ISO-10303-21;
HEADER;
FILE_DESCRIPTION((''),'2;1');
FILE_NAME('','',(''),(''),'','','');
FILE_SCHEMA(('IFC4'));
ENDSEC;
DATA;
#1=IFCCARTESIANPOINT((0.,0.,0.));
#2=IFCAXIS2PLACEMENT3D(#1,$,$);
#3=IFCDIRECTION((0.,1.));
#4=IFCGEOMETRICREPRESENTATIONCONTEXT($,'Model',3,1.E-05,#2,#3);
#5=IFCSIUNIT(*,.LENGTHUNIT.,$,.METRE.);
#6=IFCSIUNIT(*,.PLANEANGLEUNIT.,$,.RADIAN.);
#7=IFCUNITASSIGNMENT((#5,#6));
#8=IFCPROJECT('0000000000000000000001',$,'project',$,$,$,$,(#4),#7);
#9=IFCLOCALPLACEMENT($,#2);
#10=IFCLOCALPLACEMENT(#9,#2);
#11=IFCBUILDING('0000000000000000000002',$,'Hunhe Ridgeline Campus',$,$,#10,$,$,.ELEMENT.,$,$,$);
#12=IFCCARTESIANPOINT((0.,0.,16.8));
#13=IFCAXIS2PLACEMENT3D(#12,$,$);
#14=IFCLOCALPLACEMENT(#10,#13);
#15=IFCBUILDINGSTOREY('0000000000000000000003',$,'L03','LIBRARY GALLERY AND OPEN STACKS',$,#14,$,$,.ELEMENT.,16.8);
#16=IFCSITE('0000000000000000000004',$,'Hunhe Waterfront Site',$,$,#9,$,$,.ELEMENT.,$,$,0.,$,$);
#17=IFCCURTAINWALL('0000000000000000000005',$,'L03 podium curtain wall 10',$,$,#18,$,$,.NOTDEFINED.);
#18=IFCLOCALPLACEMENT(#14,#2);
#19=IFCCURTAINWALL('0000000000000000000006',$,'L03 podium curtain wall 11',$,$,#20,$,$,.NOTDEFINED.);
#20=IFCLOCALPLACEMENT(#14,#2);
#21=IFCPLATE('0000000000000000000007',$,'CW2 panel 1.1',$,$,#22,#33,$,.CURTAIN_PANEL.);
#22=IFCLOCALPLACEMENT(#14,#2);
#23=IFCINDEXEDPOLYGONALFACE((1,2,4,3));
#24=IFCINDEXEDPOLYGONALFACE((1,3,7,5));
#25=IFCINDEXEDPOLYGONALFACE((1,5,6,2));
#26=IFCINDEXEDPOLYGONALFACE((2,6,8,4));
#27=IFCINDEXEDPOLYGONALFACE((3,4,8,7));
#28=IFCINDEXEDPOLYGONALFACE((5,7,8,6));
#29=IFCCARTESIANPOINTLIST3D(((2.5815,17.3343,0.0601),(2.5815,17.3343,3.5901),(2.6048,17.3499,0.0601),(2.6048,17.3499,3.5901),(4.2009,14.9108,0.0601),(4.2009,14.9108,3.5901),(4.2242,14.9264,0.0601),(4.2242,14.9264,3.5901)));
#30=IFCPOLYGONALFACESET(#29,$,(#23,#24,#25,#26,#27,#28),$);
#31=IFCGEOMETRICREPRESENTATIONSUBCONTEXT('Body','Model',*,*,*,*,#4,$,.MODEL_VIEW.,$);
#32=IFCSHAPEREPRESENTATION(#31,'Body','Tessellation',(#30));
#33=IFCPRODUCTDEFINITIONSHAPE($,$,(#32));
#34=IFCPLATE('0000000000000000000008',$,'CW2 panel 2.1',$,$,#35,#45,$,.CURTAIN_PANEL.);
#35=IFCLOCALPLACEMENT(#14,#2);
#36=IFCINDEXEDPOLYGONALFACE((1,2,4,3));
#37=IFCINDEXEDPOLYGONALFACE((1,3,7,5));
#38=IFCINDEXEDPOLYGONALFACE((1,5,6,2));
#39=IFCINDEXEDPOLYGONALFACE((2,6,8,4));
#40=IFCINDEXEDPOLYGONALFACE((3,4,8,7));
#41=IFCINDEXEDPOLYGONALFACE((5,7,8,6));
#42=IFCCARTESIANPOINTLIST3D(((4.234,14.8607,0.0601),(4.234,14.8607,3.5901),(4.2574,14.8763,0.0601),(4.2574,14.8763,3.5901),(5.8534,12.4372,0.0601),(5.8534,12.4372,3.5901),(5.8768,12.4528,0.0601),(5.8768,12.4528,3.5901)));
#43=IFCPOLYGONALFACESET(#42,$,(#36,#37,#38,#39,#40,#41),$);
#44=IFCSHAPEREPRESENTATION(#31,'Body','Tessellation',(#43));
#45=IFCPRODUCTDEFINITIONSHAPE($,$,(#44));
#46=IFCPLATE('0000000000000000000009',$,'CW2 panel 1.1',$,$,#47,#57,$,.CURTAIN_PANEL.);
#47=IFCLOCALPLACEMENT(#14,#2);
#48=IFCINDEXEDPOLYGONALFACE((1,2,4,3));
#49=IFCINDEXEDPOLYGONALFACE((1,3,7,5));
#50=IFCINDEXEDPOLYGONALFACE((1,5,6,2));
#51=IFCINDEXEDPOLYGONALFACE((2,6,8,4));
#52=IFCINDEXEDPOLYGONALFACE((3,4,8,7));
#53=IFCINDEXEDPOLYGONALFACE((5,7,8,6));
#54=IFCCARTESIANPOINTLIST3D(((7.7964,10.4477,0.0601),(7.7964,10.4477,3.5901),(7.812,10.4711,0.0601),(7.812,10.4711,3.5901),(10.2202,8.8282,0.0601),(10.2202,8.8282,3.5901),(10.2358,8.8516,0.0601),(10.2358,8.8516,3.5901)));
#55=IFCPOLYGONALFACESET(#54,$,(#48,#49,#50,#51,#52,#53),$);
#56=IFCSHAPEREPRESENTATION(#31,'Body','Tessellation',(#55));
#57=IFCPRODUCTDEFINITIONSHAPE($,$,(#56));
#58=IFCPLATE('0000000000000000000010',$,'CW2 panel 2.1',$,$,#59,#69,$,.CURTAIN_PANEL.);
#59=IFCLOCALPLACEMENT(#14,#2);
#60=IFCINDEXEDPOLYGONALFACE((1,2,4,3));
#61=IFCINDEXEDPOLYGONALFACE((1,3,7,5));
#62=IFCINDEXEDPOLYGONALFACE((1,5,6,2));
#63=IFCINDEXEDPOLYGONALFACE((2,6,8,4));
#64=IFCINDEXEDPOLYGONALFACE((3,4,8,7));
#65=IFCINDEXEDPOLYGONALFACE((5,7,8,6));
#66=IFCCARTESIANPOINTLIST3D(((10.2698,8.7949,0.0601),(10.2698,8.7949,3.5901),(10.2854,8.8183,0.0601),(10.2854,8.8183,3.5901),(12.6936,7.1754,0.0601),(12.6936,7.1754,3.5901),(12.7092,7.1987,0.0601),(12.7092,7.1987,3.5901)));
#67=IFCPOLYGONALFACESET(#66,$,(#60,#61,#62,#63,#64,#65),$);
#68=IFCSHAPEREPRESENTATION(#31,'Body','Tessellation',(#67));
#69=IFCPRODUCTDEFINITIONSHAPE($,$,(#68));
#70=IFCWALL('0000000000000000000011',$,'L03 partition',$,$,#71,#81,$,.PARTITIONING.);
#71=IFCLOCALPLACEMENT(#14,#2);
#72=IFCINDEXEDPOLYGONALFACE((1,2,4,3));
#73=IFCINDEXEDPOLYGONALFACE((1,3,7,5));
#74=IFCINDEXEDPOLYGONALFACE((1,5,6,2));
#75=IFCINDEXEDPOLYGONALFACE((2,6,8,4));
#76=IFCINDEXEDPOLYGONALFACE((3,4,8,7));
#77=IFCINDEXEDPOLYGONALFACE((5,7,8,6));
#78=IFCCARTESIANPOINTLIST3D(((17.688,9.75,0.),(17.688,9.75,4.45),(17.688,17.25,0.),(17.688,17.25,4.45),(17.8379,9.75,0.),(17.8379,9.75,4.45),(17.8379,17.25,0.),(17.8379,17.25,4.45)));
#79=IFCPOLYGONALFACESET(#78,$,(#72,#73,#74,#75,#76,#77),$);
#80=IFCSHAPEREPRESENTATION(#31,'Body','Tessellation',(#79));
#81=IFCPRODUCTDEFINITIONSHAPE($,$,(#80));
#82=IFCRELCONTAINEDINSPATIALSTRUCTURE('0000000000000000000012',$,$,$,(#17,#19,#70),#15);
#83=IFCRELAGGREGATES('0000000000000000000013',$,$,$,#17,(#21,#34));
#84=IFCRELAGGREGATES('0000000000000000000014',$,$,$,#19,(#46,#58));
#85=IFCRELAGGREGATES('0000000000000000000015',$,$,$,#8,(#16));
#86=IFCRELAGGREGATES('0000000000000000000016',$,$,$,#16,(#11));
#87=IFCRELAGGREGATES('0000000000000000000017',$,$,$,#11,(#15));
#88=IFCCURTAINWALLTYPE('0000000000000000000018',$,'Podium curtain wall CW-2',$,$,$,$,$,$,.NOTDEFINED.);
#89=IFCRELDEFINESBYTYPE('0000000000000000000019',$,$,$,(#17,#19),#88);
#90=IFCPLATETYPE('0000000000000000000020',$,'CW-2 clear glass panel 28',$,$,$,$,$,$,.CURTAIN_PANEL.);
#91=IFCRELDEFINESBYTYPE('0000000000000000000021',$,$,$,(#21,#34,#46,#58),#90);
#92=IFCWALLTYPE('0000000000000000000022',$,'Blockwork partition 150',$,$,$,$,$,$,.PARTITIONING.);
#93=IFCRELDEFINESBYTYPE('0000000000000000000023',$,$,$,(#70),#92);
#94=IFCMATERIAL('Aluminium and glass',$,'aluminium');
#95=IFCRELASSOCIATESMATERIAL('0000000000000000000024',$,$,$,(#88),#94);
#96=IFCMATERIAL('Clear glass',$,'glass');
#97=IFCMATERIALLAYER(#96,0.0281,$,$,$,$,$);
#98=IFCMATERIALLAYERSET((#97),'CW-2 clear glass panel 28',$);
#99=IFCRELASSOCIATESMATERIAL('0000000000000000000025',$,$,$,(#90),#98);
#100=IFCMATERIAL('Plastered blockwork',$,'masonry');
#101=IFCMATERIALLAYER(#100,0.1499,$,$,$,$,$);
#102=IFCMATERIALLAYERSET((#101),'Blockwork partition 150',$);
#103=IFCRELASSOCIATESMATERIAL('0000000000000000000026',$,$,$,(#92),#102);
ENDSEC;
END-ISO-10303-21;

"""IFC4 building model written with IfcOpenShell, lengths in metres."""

from ifc_helpers import new_model, si_unit, direction, frame, frame_2d, origin, origin_2d, place, context, subcontext, project, spatial, rectangle, extrude, material, layer, layer_set, type_object, element, aggregate, save


model = new_model("IFC4")

# Units and contexts
model_context = context("Model", 3, precision=1e-05, world=origin(), true_north=direction((0.0, 1.0)))
body_context = subcontext(model_context, "Body", "Model", "MODEL_VIEW")
ifc_project = project(units=[si_unit("LENGTHUNIT", "METRE"), si_unit("PLANEANGLEUNIT", "RADIAN")], contexts=[model_context])

# Site, building, storey
site_placement = place(None, origin())
site = spatial("IfcSite", under=ifc_project, at=site_placement, Name="Hunhe Waterfront Site", CompositionType="ELEMENT", RefElevation=0.0)
building_placement = place(site_placement, origin())
building = spatial("IfcBuilding", under=site, at=building_placement, Name="Hunhe Ridgeline Campus", CompositionType="ELEMENT")
storey_placement = place(building_placement, frame((0.0, 0.0, 16.8)))
storey = spatial("IfcBuildingStorey", under=building, at=storey_placement, Name="L03", Description="LIBRARY GALLERY AND OPEN STACKS", CompositionType="ELEMENT", Elevation=16.8)

# Curtain walls
ifc_material_1 = material(Name="Aluminium and glass", Category="aluminium")
curtain_wall_type = type_object("IfcCurtainWallType", Name="Podium curtain wall CW-2", PredefinedType="NOTDEFINED", material=ifc_material_1)
curtain_wall_1_placement = place(storey_placement, origin())
curtain_wall_1 = element("IfcCurtainWall", 1, at=curtain_wall_1_placement, inside=storey, type_object=curtain_wall_type, Name="L03 podium curtain wall 10", PredefinedType="NOTDEFINED")
curtain_wall_2_placement = place(storey_placement, origin())
curtain_wall_2 = element("IfcCurtainWall", 2, at=curtain_wall_2_placement, inside=storey, type_object=curtain_wall_type, Name="L03 podium curtain wall 11", PredefinedType="NOTDEFINED")

# Plates
ifc_material_2 = material(Name="Clear glass", Category="glass")
ifc_layer_1 = layer(ifc_material_2, 0.0281)
ifc_layer_set_1 = layer_set([ifc_layer_1], Name="CW-2 clear glass panel 28")
plate_type = type_object("IfcPlateType", Name="CW-2 clear glass panel 28", PredefinedType="CURTAIN_PANEL", material=ifc_layer_set_1)
plate_1_placement = place(storey_placement, frame((3.4028, 16.1304, 0.0601), z_axis=(0.0, 0.0, 1.0), x_axis=(0.555579, -0.831464, 0.0)))
plate_1 = element("IfcPlate", 3, at=plate_1_placement, type_object=plate_type, Name="CW2 panel 1.1", PredefinedType="CURTAIN_PANEL", context=body_context, shape_type="SweptSolid", body=[
    extrude(rectangle(XDim=2.9148, YDim=0.0281, at=origin_2d()), origin(), (0.0, 0.0, 1.0), 3.53),
])
plate_2_placement = place(storey_placement, frame((5.0554, 13.6567, 0.0601), z_axis=(0.0, 0.0, 1.0), x_axis=(0.555579, -0.831464, 0.0)))
plate_2 = element("IfcPlate", 4, at=plate_2_placement, type_object=plate_type, Name="CW2 panel 2.1", PredefinedType="CURTAIN_PANEL", context=body_context, shape_type="SweptSolid", body=[
    extrude(rectangle(XDim=2.9148, YDim=0.0281, at=origin_2d()), origin(), (0.0, 0.0, 1.0), 3.53),
])
aggregate(curtain_wall_1, [plate_1, plate_2])
plate_3_placement = place(storey_placement, frame((9.0161, 9.6497, 0.0601), z_axis=(0.0, 0.0, 1.0), x_axis=(0.831469, -0.555572, 0.0)))
plate_3 = element("IfcPlate", 5, at=plate_3_placement, type_object=plate_type, Name="CW2 panel 1.1", PredefinedType="CURTAIN_PANEL", context=body_context, shape_type="SweptSolid", body=[
    extrude(rectangle(XDim=2.915, YDim=0.0281, at=origin_2d()), origin(), (0.0, 0.0, 1.0), 3.53),
])
plate_4_placement = place(storey_placement, frame((11.4895, 7.9968, 0.0601), z_axis=(0.0, 0.0, 1.0), x_axis=(0.831469, -0.555572, 0.0)))
plate_4 = element("IfcPlate", 6, at=plate_4_placement, type_object=plate_type, Name="CW2 panel 2.1", PredefinedType="CURTAIN_PANEL", context=body_context, shape_type="SweptSolid", body=[
    extrude(rectangle(XDim=2.915, YDim=0.0281, at=origin_2d()), origin(), (0.0, 0.0, 1.0), 3.53),
])
aggregate(curtain_wall_2, [plate_3, plate_4])

# Wall
ifc_material_3 = material(Name="Plastered blockwork", Category="masonry")
ifc_layer_2 = layer(ifc_material_3, 0.1499)
ifc_layer_set_2 = layer_set([ifc_layer_2], Name="Blockwork partition 150")
wall_type = type_object("IfcWallType", Name="Blockwork partition 150", PredefinedType="PARTITIONING", material=ifc_layer_set_2)
wall_placement = place(storey_placement, frame((17.7629, 9.75, 0.0), z_axis=(0.0, 0.0, 1.0), x_axis=(0.0, 1.0, 0.0)))
element("IfcWall", 7, at=wall_placement, inside=storey, type_object=wall_type, Name="L03 partition", PredefinedType="PARTITIONING", context=body_context, shape_type="SweptSolid", body=[
    extrude(rectangle(XDim=7.5, YDim=0.1499, at=frame_2d((3.75, 0.0))), origin(), (0.0, 0.0, 1.0), 4.45),
])

save(model, "model.ifc")
